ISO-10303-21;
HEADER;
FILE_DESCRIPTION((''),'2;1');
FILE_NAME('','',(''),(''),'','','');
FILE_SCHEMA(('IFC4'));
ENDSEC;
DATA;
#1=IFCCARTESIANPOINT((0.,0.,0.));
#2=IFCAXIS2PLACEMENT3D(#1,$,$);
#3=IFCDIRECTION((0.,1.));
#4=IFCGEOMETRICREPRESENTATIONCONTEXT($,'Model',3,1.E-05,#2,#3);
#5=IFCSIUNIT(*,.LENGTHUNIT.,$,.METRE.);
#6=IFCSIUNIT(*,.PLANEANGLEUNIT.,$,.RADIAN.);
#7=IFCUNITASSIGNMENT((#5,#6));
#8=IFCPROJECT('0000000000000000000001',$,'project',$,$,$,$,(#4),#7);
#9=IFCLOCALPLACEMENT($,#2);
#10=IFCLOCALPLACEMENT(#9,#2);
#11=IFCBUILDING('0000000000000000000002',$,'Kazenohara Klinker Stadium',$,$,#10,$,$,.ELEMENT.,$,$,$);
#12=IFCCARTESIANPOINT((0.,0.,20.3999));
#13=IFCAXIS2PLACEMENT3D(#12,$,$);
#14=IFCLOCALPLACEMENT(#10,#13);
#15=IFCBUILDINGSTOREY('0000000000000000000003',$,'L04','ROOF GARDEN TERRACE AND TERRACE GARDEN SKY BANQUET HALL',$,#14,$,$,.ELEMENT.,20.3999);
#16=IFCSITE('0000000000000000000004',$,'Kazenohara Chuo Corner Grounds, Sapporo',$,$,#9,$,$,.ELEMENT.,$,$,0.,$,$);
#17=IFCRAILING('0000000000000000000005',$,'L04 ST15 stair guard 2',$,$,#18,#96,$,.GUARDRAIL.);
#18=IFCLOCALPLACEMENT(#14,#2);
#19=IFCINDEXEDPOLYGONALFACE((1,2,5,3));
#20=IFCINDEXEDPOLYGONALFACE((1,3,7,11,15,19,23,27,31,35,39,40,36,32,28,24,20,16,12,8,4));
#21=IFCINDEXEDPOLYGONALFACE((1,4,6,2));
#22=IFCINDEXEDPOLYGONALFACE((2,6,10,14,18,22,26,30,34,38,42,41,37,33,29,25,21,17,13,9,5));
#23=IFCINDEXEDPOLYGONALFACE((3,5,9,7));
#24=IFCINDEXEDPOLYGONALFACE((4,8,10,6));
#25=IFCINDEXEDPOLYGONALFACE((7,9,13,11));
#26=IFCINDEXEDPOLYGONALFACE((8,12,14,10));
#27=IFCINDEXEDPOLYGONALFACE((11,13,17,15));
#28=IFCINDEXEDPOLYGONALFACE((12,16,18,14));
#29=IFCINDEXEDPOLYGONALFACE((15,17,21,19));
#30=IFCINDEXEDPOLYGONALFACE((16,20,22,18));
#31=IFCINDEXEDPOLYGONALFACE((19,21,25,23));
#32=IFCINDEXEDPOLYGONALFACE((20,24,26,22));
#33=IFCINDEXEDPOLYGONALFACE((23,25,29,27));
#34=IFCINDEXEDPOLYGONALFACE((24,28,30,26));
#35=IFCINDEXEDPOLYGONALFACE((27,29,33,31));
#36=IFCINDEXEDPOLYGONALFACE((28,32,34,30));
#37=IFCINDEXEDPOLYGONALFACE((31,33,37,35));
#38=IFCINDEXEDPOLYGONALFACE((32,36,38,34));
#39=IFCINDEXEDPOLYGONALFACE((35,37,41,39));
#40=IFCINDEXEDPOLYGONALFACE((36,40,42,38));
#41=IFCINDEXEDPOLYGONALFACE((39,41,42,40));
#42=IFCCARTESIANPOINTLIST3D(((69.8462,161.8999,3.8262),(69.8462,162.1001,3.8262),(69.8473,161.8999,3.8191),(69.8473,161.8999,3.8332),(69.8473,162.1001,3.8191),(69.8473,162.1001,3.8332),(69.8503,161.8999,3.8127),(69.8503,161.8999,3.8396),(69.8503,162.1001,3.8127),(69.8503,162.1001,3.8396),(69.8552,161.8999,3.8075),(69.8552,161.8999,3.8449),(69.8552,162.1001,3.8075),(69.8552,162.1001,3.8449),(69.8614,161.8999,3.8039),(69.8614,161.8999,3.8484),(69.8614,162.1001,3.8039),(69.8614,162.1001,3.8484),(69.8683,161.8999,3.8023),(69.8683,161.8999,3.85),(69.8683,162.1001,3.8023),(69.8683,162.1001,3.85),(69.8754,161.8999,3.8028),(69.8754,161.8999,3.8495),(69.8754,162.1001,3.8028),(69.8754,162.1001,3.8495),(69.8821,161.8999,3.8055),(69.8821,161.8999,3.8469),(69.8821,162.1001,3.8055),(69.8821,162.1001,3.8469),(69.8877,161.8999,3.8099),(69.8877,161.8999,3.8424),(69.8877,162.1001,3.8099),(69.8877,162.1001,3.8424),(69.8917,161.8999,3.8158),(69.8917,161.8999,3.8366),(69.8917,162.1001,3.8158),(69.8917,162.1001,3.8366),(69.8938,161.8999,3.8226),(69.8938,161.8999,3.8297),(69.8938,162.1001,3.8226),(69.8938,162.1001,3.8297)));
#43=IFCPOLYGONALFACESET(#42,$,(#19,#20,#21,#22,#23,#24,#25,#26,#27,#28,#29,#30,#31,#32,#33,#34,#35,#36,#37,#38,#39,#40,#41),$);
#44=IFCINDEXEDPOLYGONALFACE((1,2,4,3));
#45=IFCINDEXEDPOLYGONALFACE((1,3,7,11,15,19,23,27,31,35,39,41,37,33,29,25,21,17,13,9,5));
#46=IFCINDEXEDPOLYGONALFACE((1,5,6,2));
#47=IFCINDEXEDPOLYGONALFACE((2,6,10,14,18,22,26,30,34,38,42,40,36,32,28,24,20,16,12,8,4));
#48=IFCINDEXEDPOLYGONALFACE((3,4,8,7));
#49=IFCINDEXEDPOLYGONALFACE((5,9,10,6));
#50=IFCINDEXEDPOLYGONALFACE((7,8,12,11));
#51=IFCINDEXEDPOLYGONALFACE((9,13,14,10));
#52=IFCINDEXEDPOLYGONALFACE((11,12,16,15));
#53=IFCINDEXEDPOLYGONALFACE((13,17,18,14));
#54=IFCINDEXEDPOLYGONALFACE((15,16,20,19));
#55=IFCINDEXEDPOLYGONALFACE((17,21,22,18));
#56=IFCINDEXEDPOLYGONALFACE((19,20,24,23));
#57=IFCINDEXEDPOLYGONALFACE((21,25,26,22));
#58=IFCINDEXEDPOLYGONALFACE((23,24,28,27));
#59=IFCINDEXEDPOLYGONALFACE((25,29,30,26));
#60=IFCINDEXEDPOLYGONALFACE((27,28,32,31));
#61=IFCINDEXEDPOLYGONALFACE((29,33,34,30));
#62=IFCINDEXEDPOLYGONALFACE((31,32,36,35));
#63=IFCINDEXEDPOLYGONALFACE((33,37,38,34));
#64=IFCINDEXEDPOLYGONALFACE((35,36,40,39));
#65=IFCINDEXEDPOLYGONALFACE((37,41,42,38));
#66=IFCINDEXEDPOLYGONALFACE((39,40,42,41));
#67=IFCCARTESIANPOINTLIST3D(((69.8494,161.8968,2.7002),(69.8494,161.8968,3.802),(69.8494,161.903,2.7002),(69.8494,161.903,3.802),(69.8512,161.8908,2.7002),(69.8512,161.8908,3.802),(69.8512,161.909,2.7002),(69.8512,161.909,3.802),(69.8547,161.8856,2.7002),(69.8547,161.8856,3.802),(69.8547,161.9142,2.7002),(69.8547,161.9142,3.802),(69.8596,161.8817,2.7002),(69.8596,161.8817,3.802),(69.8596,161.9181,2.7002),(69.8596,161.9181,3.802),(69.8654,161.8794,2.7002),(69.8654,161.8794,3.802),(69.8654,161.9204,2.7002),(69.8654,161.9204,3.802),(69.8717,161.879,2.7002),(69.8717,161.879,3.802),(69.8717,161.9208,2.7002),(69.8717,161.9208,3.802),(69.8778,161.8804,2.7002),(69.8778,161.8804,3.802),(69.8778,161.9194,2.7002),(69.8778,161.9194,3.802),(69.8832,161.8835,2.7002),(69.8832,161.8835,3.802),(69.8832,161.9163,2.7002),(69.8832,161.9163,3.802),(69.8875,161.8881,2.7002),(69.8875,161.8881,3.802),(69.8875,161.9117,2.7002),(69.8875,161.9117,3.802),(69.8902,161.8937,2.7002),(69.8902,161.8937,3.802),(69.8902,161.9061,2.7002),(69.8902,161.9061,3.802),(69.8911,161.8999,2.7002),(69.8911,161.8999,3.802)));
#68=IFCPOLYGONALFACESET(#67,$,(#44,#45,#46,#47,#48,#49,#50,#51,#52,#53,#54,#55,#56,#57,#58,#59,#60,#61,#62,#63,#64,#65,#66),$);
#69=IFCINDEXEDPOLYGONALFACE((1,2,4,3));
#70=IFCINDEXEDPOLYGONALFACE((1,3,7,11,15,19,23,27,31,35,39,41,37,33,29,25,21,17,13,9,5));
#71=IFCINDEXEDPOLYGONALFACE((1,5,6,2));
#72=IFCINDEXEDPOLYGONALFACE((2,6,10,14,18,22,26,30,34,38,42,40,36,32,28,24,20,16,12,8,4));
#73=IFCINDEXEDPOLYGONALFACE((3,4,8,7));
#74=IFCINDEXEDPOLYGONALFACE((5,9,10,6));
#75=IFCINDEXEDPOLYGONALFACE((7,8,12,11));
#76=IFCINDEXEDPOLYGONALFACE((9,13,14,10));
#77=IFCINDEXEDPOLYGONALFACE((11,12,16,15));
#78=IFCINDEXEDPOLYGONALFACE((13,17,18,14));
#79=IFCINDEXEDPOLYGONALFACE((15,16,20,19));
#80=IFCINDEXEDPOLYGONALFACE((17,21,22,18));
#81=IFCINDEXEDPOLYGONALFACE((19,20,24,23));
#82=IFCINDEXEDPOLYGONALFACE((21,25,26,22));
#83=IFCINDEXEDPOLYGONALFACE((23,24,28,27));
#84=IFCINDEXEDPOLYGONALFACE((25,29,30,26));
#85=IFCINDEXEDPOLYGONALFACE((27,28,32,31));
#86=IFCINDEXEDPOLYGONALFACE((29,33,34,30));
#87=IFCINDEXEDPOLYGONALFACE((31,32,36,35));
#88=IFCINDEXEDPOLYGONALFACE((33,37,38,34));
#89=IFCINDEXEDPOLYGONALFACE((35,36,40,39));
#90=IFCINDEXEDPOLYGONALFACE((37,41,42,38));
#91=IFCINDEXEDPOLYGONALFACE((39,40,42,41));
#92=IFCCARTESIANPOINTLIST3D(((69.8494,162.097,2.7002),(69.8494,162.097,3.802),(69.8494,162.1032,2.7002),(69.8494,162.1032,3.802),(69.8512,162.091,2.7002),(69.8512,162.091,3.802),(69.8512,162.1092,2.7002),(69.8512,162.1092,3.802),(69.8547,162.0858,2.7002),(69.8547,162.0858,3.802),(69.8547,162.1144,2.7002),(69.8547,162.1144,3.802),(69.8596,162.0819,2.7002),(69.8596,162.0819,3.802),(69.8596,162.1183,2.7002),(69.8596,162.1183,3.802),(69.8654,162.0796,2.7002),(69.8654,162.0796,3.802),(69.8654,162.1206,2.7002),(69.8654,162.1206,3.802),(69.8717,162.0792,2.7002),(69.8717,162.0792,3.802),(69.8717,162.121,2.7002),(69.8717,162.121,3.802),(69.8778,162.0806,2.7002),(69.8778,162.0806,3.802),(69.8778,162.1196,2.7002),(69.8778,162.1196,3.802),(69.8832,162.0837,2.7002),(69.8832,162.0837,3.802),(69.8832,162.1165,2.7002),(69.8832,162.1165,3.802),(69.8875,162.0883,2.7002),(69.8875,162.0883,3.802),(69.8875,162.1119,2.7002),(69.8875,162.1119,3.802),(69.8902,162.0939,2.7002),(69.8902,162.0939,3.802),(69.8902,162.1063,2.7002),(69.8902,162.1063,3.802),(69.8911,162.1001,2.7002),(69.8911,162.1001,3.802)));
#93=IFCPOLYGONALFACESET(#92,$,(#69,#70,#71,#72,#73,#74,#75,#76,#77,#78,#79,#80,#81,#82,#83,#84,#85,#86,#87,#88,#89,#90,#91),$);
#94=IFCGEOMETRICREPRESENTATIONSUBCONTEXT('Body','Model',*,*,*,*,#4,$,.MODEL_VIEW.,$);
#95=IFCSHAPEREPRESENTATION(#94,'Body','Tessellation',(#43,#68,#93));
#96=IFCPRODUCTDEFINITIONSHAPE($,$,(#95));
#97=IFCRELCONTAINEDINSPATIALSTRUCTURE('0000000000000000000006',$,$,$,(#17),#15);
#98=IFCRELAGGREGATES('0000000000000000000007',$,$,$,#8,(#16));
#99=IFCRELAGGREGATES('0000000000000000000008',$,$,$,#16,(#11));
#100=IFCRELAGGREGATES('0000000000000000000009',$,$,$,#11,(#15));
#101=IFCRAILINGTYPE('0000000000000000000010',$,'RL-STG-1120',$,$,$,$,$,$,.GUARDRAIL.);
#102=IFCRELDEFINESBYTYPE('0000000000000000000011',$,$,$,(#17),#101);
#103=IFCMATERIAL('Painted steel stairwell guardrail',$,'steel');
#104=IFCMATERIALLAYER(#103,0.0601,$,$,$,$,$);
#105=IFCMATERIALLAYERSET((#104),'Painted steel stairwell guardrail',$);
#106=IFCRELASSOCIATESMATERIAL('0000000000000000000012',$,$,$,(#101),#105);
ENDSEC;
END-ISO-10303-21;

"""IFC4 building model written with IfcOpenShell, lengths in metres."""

from ifc_helpers import new_model, si_unit, direction, frame, origin, origin_2d, place, context, subcontext, project, spatial, circle, extrude, material, layer, layer_set, type_object, element, save


model = new_model("IFC4")

# Units and contexts
model_context = context("Model", 3, precision=1e-05, world=origin(), true_north=direction((0.0, 1.0)))
body_context = subcontext(model_context, "Body", "Model", "MODEL_VIEW")
ifc_project = project(units=[si_unit("LENGTHUNIT", "METRE"), si_unit("PLANEANGLEUNIT", "RADIAN")], contexts=[model_context])

# Site, building, storey
site_placement = place(None, origin())
site = spatial("IfcSite", under=ifc_project, at=site_placement, Name="Kazenohara Chuo Corner Grounds, Sapporo", CompositionType="ELEMENT", RefElevation=0.0)
building_placement = place(site_placement, origin())
building = spatial("IfcBuilding", under=site, at=building_placement, Name="Kazenohara Klinker Stadium", CompositionType="ELEMENT")
storey_placement = place(building_placement, frame((0.0, 0.0, 20.3999)))
storey = spatial("IfcBuildingStorey", under=building, at=storey_placement, Name="L04", Description="ROOF GARDEN TERRACE AND TERRACE GARDEN SKY BANQUET HALL", CompositionType="ELEMENT", Elevation=20.3999)

# Railing
ifc_material_1 = material(Name="Painted steel stairwell guardrail", Category="steel")
ifc_layer_1 = layer(ifc_material_1, 0.0601)
ifc_layer_set_1 = layer_set([ifc_layer_1], Name="Painted steel stairwell guardrail")
railing_type_1 = type_object("IfcRailingType", Name="RL-STG-1120", PredefinedType="GUARDRAIL", material=ifc_layer_set_1)
railing_1_placement = place(storey_placement, frame((69.8701, 161.8999, 2.7002)))
element("IfcRailing", 1, at=railing_1_placement, inside=storey, type_object=railing_type_1, Name="L04 ST15 stair guard 2", PredefinedType="GUARDRAIL", context=body_context, shape_type="SweptSolid", body=[
    extrude(circle(Radius=0.0239, at=origin_2d()), frame((0.0, 0.0, 1.126), z_axis=(0.0, 1.0, 0.0), x_axis=(-1.0, 0.0, 0.0)), (0.0, 0.0, 1.0), 0.2002),
    extrude(circle(Radius=0.021, at=origin_2d()), origin(), (0.0, 0.0, 1.0), 1.1018),
    extrude(circle(Radius=0.021, at=origin_2d()), frame((0.0, 0.2002, 0.0)), (0.0, 0.0, 1.0), 1.1018),
])

save(model, "model.ifc")
